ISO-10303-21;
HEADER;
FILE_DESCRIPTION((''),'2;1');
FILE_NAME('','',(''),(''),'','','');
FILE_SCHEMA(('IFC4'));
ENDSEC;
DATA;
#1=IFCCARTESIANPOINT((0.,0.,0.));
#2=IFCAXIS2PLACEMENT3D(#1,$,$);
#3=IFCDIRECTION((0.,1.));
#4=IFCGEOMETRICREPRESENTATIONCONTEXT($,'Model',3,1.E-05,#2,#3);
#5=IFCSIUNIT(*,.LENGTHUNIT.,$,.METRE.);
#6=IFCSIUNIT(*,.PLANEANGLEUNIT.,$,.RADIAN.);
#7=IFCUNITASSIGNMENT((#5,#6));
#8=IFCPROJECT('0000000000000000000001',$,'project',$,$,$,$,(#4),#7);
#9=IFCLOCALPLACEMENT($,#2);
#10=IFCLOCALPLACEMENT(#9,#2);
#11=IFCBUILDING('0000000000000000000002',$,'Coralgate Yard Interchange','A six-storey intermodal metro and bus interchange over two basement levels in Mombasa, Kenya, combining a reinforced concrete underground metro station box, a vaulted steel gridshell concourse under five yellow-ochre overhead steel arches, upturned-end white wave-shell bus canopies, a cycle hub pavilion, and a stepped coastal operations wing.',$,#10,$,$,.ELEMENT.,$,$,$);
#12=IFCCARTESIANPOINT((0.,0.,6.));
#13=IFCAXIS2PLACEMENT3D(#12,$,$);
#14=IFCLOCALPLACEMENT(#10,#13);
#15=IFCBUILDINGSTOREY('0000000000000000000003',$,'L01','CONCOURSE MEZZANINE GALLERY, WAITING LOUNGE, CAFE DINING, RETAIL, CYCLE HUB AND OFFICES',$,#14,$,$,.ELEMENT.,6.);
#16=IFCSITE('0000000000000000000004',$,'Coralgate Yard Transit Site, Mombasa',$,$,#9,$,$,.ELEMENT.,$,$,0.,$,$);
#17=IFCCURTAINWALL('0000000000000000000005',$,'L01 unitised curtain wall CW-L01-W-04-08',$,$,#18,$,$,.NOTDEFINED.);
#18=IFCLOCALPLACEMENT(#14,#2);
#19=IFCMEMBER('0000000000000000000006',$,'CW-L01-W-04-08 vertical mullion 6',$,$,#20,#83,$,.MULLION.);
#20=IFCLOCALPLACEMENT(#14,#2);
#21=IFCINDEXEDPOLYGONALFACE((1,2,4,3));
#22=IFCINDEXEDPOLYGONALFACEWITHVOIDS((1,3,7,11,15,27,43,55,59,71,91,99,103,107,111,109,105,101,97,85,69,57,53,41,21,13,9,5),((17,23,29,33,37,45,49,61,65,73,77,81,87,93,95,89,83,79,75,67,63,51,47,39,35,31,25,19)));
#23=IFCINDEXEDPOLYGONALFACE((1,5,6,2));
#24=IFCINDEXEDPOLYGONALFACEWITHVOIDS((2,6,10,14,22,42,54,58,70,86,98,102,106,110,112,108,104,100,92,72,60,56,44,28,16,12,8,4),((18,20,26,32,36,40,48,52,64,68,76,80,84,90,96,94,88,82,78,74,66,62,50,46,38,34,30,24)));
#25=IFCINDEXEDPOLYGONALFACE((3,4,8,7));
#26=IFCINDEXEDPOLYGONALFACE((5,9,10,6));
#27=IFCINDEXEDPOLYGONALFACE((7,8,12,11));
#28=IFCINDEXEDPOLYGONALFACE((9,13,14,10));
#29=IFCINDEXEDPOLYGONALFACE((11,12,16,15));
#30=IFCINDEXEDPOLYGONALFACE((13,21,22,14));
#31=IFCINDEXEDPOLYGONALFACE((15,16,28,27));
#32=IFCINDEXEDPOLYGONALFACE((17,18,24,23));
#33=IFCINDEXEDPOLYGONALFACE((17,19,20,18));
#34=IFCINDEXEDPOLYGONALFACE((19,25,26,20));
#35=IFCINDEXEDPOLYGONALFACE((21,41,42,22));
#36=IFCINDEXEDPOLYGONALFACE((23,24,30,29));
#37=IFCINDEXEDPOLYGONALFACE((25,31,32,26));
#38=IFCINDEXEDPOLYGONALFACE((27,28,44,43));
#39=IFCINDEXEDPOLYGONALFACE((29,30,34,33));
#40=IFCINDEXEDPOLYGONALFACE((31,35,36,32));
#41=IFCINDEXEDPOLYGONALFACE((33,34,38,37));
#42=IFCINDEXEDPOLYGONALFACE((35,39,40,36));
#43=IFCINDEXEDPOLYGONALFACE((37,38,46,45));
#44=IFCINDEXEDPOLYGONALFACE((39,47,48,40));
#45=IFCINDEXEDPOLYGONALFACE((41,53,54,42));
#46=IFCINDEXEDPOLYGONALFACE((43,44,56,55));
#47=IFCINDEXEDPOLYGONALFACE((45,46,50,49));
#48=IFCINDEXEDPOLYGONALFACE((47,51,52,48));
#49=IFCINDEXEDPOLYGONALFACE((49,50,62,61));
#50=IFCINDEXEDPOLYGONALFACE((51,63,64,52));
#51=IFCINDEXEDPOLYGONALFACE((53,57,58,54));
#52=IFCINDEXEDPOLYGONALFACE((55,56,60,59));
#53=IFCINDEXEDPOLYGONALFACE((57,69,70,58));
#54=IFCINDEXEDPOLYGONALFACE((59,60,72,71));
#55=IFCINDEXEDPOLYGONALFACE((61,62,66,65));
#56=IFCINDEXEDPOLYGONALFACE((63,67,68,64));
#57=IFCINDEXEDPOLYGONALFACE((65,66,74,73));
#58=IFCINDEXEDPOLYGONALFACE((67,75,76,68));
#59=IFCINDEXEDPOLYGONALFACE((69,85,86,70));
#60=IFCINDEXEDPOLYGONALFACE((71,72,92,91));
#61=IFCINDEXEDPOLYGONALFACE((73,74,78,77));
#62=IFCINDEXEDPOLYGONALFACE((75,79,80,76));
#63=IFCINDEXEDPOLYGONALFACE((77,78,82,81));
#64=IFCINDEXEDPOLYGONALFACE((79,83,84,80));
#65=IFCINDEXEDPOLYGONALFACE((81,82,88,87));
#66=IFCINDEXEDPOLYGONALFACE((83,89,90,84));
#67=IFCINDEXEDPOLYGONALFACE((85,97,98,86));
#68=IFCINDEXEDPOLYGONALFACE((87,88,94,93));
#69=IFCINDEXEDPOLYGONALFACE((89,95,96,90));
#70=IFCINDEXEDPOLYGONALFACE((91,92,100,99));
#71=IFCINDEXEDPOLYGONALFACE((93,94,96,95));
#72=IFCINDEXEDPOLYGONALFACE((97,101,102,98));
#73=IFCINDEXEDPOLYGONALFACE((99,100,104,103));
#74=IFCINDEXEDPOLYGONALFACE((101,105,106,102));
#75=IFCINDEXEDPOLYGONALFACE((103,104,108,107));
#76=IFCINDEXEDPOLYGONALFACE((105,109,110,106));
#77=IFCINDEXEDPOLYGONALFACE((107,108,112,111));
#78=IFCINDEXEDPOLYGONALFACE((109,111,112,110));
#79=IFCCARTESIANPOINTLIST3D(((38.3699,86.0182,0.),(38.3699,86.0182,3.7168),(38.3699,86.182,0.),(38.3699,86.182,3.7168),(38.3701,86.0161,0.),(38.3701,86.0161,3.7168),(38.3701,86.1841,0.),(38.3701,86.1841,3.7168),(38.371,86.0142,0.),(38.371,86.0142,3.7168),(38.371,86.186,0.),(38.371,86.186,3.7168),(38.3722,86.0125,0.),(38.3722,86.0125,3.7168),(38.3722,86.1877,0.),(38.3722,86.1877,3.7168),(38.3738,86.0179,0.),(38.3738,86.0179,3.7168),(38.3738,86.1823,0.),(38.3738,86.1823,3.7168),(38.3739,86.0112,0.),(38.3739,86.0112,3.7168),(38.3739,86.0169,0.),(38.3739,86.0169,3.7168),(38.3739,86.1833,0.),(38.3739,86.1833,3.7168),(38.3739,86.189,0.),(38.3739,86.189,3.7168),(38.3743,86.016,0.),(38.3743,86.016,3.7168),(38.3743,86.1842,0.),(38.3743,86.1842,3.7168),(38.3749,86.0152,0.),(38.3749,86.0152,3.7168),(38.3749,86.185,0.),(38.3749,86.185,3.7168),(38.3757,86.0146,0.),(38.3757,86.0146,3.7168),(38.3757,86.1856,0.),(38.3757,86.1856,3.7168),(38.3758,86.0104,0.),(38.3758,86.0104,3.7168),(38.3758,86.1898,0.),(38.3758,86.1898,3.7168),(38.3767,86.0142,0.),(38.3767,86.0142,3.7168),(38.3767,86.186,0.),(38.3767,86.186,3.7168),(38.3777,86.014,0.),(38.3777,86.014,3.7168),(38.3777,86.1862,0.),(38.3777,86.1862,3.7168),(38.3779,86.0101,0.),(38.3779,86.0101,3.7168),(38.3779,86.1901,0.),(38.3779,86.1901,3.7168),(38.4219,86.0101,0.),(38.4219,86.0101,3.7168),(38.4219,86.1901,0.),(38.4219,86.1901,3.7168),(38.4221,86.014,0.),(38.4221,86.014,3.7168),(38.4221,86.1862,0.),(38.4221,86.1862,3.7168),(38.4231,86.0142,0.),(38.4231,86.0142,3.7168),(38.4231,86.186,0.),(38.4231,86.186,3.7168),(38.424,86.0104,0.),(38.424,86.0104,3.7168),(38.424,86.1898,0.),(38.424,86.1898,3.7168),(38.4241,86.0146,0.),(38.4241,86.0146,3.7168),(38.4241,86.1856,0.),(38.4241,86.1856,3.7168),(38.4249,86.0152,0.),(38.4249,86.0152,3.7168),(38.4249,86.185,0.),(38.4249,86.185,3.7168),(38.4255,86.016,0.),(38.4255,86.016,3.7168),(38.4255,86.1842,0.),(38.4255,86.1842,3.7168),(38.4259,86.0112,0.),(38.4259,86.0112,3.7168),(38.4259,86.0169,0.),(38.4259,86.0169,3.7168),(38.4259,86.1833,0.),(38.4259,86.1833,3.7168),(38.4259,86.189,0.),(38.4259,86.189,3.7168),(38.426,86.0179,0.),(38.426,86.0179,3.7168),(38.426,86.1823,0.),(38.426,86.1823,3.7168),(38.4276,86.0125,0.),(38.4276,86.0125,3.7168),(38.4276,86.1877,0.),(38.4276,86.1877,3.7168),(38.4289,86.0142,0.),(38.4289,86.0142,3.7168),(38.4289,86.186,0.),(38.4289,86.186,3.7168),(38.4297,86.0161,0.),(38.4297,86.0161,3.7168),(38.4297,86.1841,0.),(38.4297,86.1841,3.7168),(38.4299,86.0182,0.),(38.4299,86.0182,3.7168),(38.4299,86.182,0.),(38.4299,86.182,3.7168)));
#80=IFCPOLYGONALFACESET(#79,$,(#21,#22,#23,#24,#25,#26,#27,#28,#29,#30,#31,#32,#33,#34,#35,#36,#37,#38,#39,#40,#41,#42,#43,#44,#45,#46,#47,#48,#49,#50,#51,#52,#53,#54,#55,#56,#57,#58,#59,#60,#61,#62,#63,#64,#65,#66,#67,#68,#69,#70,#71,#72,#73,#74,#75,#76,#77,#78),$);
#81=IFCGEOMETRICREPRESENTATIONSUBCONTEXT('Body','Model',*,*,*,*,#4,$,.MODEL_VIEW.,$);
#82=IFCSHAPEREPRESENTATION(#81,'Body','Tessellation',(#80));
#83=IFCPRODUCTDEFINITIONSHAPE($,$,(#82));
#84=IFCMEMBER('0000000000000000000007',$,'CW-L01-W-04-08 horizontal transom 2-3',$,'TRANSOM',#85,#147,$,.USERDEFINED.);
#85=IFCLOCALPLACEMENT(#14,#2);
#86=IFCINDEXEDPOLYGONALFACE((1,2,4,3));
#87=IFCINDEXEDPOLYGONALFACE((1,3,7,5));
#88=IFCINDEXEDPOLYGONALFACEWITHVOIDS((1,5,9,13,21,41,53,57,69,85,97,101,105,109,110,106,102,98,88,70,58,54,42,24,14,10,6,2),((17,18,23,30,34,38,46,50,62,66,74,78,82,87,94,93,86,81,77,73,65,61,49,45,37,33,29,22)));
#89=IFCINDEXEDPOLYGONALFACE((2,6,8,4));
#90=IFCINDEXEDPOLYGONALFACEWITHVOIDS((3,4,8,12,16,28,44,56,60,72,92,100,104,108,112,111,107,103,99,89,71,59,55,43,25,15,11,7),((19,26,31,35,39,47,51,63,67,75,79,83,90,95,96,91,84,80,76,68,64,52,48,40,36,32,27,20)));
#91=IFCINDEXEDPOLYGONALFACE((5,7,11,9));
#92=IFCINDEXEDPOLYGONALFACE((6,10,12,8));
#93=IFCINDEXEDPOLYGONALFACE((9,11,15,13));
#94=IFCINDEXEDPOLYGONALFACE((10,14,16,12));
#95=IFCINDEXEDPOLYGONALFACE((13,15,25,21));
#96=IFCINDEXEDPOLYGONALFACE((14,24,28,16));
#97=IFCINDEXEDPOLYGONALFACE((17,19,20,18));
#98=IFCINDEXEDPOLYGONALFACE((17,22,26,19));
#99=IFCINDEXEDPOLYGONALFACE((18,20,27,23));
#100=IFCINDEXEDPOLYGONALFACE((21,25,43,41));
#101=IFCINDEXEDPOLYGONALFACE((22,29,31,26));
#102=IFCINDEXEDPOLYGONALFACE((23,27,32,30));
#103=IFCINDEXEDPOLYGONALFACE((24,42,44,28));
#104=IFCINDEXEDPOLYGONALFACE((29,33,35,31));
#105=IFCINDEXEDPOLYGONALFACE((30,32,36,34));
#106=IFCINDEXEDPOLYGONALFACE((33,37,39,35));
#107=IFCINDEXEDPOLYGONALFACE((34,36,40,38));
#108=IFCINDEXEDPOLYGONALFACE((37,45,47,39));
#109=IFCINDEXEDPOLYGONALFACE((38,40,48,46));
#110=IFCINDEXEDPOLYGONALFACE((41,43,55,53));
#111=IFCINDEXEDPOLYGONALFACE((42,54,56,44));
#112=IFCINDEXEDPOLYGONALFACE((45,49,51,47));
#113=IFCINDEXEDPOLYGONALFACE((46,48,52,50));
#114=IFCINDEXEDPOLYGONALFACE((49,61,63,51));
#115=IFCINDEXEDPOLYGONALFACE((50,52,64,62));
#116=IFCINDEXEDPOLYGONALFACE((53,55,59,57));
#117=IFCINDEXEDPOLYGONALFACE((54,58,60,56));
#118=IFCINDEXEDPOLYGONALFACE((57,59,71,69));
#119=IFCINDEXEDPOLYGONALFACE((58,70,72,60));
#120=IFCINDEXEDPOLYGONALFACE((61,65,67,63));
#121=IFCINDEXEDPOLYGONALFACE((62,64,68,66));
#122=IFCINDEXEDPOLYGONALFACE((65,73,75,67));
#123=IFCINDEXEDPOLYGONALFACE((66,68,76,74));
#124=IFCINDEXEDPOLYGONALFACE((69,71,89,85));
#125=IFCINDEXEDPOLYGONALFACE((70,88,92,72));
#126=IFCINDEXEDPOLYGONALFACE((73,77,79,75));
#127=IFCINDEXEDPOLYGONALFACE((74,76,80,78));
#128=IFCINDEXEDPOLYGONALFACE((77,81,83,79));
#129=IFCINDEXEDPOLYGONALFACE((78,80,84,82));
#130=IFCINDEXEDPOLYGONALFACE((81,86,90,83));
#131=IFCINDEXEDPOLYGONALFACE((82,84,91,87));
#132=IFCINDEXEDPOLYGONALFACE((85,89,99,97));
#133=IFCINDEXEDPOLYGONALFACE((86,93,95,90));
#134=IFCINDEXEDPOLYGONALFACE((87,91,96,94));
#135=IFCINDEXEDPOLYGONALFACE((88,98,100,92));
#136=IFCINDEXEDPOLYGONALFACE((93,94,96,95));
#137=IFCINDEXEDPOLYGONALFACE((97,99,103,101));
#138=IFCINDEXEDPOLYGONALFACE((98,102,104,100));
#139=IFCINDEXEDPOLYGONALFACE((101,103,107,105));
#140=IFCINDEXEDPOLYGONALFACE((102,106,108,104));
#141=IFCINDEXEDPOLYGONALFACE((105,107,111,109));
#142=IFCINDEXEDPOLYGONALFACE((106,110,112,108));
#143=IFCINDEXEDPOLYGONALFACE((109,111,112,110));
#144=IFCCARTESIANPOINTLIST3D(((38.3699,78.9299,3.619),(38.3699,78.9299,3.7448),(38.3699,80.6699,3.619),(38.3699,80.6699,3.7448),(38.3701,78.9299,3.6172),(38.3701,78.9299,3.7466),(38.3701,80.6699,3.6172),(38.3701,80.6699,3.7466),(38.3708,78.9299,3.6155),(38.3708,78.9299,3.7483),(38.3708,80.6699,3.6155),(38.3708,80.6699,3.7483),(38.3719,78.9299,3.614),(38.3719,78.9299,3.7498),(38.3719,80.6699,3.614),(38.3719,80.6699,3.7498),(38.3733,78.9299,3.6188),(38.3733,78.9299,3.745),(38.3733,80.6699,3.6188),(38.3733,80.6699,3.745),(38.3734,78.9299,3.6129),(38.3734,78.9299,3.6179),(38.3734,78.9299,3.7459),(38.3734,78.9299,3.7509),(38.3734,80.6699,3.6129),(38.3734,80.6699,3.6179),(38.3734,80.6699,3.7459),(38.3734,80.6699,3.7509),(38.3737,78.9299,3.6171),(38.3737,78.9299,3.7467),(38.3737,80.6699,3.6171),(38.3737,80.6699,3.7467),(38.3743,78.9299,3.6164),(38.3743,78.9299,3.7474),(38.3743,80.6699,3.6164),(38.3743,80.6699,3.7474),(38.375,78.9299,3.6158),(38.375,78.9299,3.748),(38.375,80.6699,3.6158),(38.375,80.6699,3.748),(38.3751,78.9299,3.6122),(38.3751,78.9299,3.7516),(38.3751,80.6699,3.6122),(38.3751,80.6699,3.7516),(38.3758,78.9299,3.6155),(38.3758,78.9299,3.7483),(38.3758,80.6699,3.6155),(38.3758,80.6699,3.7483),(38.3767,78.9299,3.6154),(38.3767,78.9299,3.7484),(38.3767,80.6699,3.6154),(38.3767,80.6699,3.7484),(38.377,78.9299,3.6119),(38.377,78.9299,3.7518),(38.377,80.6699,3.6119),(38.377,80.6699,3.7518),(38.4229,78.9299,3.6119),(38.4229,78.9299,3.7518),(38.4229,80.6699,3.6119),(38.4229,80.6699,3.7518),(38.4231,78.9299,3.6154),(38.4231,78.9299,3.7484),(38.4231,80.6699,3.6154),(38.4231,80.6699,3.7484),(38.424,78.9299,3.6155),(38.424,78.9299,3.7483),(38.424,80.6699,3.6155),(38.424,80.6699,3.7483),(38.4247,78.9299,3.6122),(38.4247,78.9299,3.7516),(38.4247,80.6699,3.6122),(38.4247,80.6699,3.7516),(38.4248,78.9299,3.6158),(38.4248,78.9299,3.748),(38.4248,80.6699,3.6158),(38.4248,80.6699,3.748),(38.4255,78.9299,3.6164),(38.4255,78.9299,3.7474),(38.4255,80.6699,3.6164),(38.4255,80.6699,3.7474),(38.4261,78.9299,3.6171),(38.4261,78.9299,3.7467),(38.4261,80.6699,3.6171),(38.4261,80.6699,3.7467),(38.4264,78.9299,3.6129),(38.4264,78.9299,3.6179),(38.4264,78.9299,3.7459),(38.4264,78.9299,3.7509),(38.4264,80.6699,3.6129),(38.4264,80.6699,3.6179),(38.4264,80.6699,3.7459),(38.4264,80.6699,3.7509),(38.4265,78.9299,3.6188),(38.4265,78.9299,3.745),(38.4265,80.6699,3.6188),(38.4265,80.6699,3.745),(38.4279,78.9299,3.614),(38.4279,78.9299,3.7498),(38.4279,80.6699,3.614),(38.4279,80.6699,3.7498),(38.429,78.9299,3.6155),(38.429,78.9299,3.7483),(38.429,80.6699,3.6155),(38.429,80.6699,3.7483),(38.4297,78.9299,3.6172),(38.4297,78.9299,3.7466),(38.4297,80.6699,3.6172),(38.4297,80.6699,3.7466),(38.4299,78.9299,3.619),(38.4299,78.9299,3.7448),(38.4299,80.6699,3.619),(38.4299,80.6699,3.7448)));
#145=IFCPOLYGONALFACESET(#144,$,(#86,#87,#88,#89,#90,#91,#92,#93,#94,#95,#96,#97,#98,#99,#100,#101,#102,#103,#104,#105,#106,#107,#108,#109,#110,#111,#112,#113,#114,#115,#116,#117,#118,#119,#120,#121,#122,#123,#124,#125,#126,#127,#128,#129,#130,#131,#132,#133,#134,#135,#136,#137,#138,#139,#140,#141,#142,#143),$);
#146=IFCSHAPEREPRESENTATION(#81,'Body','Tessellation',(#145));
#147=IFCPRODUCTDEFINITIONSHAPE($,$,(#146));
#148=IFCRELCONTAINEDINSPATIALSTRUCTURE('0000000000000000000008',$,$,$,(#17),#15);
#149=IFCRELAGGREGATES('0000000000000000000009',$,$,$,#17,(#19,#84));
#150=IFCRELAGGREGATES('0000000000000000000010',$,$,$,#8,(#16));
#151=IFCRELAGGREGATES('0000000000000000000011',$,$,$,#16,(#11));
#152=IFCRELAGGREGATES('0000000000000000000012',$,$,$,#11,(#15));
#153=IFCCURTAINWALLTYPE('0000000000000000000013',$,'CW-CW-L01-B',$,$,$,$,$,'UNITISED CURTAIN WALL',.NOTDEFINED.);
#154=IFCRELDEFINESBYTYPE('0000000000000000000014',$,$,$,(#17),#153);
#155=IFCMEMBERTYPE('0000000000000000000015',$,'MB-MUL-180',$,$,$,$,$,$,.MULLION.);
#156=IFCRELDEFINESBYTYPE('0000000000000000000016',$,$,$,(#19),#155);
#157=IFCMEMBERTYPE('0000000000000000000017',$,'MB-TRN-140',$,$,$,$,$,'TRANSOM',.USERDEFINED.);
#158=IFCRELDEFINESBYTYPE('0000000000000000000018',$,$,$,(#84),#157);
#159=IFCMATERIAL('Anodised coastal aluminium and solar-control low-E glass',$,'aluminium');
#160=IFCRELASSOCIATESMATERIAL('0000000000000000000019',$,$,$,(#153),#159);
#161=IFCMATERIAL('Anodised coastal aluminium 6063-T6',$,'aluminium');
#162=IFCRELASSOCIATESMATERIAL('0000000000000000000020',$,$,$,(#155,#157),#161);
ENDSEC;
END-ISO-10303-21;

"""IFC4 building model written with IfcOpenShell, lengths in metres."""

from ifc_helpers import new_model, si_unit, direction, frame, origin, origin_2d, place, context, subcontext, project, spatial, hollow_rectangle, extrude, material, material_profile, profile_set, type_object, element, aggregate, save


model = new_model("IFC4")

# Units and contexts
model_context = context("Model", 3, precision=1e-05, world=origin(), true_north=direction((0.0, 1.0)))
body_context = subcontext(model_context, "Body", "Model", "MODEL_VIEW")
ifc_project = project(units=[si_unit("LENGTHUNIT", "METRE"), si_unit("PLANEANGLEUNIT", "RADIAN")], contexts=[model_context])

# Site, building, storey
site_placement = place(None, origin())
site = spatial("IfcSite", under=ifc_project, at=site_placement, Name="Coralgate Yard Transit Site, Mombasa", CompositionType="ELEMENT", RefElevation=0.0)
building_placement = place(site_placement, origin())
building = spatial("IfcBuilding", under=site, at=building_placement, Name="Coralgate Yard Interchange", Description="A six-storey intermodal metro and bus interchange over two basement levels in Mombasa, Kenya, combining a reinforced concrete underground metro station box, a vaulted steel gridshell concourse under five yellow-ochre overhead steel arches, upturned-end white wave-shell bus canopies, a cycle hub pavilion, and a stepped coastal operations wing.", CompositionType="ELEMENT")
storey_placement = place(building_placement, frame((0.0, 0.0, 6.0)))
storey = spatial("IfcBuildingStorey", under=building, at=storey_placement, Name="L01", Description="CONCOURSE MEZZANINE GALLERY, WAITING LOUNGE, CAFE DINING, RETAIL, CYCLE HUB AND OFFICES", CompositionType="ELEMENT", Elevation=6.0)

# Curtain wall, members
ifc_material_1 = material(Name="Anodised coastal aluminium and solar-control low-E glass", Category="aluminium")
curtain_wall_type = type_object("IfcCurtainWallType", Name="CW-CW-L01-B", ElementType="UNITISED CURTAIN WALL", PredefinedType="NOTDEFINED", material=ifc_material_1)
curtain_wall_placement = place(storey_placement, origin())
curtain_wall = element("IfcCurtainWall", 1, at=curtain_wall_placement, inside=storey, type_object=curtain_wall_type, Name="L01 unitised curtain wall CW-L01-W-04-08", PredefinedType="NOTDEFINED")
ifc_material_2 = material(Name="Anodised coastal aluminium 6063-T6", Category="aluminium")
ifc_material_profile_1 = material_profile(ifc_material_2, hollow_rectangle(XDim=0.0601, YDim=0.1799, WallThickness=0.0039, InnerFilletRadius=0.0039, OuterFilletRadius=0.0081, at=origin_2d()), Name="ALU 60x180x4")
ifc_profile_set_1 = profile_set([ifc_material_profile_1], Name="Anodised coastal aluminium 6063-T6")
member_type_1 = type_object("IfcMemberType", Name="MB-MUL-180", PredefinedType="MULLION", material=ifc_profile_set_1)
member_1_placement = place(storey_placement, frame((38.3999, 86.1001, 0.0), z_axis=(0.0, 0.0, 1.0), x_axis=(1.0, 0.0, 0.0)))
member_1 = element("IfcMember", 2, at=member_1_placement, type_object=member_type_1, Name="CW-L01-W-04-08 vertical mullion 6", PredefinedType="MULLION", context=body_context, shape_type="SweptSolid", body=[
    extrude(hollow_rectangle(XDim=0.0601, YDim=0.1799, WallThickness=0.0039, InnerFilletRadius=0.0039, OuterFilletRadius=0.0081, at=origin_2d()), origin(), (0.0, 0.0, 1.0), 3.7168),
])
ifc_material_profile_2 = material_profile(ifc_material_2, hollow_rectangle(XDim=0.0601, YDim=0.1399, WallThickness=0.0034, InnerFilletRadius=0.0034, OuterFilletRadius=0.0071, at=origin_2d()), Name="ALU 60x140x3.5")
ifc_profile_set_2 = profile_set([ifc_material_profile_2], Name="Anodised coastal aluminium 6063-T6")
member_type_2 = type_object("IfcMemberType", Name="MB-TRN-140", ElementType="TRANSOM", PredefinedType="USERDEFINED", material=ifc_profile_set_2)
member_2_placement = place(storey_placement, frame((38.3999, 78.9299, 3.6819), z_axis=(0.0, 1.0, 0.0), x_axis=(-1.0, 0.0, 0.0)))
member_2 = element("IfcMember", 3, at=member_2_placement, type_object=member_type_2, Name="CW-L01-W-04-08 horizontal transom 2-3", ObjectType="TRANSOM", PredefinedType="USERDEFINED", context=body_context, shape_type="SweptSolid", body=[
    extrude(hollow_rectangle(XDim=0.0601, YDim=0.1399, WallThickness=0.0034, InnerFilletRadius=0.0034, OuterFilletRadius=0.0071, at=origin_2d()), origin(), (0.0, 0.0, 1.0), 1.74),
])
aggregate(curtain_wall, [member_1, member_2])

save(model, "model.ifc")
